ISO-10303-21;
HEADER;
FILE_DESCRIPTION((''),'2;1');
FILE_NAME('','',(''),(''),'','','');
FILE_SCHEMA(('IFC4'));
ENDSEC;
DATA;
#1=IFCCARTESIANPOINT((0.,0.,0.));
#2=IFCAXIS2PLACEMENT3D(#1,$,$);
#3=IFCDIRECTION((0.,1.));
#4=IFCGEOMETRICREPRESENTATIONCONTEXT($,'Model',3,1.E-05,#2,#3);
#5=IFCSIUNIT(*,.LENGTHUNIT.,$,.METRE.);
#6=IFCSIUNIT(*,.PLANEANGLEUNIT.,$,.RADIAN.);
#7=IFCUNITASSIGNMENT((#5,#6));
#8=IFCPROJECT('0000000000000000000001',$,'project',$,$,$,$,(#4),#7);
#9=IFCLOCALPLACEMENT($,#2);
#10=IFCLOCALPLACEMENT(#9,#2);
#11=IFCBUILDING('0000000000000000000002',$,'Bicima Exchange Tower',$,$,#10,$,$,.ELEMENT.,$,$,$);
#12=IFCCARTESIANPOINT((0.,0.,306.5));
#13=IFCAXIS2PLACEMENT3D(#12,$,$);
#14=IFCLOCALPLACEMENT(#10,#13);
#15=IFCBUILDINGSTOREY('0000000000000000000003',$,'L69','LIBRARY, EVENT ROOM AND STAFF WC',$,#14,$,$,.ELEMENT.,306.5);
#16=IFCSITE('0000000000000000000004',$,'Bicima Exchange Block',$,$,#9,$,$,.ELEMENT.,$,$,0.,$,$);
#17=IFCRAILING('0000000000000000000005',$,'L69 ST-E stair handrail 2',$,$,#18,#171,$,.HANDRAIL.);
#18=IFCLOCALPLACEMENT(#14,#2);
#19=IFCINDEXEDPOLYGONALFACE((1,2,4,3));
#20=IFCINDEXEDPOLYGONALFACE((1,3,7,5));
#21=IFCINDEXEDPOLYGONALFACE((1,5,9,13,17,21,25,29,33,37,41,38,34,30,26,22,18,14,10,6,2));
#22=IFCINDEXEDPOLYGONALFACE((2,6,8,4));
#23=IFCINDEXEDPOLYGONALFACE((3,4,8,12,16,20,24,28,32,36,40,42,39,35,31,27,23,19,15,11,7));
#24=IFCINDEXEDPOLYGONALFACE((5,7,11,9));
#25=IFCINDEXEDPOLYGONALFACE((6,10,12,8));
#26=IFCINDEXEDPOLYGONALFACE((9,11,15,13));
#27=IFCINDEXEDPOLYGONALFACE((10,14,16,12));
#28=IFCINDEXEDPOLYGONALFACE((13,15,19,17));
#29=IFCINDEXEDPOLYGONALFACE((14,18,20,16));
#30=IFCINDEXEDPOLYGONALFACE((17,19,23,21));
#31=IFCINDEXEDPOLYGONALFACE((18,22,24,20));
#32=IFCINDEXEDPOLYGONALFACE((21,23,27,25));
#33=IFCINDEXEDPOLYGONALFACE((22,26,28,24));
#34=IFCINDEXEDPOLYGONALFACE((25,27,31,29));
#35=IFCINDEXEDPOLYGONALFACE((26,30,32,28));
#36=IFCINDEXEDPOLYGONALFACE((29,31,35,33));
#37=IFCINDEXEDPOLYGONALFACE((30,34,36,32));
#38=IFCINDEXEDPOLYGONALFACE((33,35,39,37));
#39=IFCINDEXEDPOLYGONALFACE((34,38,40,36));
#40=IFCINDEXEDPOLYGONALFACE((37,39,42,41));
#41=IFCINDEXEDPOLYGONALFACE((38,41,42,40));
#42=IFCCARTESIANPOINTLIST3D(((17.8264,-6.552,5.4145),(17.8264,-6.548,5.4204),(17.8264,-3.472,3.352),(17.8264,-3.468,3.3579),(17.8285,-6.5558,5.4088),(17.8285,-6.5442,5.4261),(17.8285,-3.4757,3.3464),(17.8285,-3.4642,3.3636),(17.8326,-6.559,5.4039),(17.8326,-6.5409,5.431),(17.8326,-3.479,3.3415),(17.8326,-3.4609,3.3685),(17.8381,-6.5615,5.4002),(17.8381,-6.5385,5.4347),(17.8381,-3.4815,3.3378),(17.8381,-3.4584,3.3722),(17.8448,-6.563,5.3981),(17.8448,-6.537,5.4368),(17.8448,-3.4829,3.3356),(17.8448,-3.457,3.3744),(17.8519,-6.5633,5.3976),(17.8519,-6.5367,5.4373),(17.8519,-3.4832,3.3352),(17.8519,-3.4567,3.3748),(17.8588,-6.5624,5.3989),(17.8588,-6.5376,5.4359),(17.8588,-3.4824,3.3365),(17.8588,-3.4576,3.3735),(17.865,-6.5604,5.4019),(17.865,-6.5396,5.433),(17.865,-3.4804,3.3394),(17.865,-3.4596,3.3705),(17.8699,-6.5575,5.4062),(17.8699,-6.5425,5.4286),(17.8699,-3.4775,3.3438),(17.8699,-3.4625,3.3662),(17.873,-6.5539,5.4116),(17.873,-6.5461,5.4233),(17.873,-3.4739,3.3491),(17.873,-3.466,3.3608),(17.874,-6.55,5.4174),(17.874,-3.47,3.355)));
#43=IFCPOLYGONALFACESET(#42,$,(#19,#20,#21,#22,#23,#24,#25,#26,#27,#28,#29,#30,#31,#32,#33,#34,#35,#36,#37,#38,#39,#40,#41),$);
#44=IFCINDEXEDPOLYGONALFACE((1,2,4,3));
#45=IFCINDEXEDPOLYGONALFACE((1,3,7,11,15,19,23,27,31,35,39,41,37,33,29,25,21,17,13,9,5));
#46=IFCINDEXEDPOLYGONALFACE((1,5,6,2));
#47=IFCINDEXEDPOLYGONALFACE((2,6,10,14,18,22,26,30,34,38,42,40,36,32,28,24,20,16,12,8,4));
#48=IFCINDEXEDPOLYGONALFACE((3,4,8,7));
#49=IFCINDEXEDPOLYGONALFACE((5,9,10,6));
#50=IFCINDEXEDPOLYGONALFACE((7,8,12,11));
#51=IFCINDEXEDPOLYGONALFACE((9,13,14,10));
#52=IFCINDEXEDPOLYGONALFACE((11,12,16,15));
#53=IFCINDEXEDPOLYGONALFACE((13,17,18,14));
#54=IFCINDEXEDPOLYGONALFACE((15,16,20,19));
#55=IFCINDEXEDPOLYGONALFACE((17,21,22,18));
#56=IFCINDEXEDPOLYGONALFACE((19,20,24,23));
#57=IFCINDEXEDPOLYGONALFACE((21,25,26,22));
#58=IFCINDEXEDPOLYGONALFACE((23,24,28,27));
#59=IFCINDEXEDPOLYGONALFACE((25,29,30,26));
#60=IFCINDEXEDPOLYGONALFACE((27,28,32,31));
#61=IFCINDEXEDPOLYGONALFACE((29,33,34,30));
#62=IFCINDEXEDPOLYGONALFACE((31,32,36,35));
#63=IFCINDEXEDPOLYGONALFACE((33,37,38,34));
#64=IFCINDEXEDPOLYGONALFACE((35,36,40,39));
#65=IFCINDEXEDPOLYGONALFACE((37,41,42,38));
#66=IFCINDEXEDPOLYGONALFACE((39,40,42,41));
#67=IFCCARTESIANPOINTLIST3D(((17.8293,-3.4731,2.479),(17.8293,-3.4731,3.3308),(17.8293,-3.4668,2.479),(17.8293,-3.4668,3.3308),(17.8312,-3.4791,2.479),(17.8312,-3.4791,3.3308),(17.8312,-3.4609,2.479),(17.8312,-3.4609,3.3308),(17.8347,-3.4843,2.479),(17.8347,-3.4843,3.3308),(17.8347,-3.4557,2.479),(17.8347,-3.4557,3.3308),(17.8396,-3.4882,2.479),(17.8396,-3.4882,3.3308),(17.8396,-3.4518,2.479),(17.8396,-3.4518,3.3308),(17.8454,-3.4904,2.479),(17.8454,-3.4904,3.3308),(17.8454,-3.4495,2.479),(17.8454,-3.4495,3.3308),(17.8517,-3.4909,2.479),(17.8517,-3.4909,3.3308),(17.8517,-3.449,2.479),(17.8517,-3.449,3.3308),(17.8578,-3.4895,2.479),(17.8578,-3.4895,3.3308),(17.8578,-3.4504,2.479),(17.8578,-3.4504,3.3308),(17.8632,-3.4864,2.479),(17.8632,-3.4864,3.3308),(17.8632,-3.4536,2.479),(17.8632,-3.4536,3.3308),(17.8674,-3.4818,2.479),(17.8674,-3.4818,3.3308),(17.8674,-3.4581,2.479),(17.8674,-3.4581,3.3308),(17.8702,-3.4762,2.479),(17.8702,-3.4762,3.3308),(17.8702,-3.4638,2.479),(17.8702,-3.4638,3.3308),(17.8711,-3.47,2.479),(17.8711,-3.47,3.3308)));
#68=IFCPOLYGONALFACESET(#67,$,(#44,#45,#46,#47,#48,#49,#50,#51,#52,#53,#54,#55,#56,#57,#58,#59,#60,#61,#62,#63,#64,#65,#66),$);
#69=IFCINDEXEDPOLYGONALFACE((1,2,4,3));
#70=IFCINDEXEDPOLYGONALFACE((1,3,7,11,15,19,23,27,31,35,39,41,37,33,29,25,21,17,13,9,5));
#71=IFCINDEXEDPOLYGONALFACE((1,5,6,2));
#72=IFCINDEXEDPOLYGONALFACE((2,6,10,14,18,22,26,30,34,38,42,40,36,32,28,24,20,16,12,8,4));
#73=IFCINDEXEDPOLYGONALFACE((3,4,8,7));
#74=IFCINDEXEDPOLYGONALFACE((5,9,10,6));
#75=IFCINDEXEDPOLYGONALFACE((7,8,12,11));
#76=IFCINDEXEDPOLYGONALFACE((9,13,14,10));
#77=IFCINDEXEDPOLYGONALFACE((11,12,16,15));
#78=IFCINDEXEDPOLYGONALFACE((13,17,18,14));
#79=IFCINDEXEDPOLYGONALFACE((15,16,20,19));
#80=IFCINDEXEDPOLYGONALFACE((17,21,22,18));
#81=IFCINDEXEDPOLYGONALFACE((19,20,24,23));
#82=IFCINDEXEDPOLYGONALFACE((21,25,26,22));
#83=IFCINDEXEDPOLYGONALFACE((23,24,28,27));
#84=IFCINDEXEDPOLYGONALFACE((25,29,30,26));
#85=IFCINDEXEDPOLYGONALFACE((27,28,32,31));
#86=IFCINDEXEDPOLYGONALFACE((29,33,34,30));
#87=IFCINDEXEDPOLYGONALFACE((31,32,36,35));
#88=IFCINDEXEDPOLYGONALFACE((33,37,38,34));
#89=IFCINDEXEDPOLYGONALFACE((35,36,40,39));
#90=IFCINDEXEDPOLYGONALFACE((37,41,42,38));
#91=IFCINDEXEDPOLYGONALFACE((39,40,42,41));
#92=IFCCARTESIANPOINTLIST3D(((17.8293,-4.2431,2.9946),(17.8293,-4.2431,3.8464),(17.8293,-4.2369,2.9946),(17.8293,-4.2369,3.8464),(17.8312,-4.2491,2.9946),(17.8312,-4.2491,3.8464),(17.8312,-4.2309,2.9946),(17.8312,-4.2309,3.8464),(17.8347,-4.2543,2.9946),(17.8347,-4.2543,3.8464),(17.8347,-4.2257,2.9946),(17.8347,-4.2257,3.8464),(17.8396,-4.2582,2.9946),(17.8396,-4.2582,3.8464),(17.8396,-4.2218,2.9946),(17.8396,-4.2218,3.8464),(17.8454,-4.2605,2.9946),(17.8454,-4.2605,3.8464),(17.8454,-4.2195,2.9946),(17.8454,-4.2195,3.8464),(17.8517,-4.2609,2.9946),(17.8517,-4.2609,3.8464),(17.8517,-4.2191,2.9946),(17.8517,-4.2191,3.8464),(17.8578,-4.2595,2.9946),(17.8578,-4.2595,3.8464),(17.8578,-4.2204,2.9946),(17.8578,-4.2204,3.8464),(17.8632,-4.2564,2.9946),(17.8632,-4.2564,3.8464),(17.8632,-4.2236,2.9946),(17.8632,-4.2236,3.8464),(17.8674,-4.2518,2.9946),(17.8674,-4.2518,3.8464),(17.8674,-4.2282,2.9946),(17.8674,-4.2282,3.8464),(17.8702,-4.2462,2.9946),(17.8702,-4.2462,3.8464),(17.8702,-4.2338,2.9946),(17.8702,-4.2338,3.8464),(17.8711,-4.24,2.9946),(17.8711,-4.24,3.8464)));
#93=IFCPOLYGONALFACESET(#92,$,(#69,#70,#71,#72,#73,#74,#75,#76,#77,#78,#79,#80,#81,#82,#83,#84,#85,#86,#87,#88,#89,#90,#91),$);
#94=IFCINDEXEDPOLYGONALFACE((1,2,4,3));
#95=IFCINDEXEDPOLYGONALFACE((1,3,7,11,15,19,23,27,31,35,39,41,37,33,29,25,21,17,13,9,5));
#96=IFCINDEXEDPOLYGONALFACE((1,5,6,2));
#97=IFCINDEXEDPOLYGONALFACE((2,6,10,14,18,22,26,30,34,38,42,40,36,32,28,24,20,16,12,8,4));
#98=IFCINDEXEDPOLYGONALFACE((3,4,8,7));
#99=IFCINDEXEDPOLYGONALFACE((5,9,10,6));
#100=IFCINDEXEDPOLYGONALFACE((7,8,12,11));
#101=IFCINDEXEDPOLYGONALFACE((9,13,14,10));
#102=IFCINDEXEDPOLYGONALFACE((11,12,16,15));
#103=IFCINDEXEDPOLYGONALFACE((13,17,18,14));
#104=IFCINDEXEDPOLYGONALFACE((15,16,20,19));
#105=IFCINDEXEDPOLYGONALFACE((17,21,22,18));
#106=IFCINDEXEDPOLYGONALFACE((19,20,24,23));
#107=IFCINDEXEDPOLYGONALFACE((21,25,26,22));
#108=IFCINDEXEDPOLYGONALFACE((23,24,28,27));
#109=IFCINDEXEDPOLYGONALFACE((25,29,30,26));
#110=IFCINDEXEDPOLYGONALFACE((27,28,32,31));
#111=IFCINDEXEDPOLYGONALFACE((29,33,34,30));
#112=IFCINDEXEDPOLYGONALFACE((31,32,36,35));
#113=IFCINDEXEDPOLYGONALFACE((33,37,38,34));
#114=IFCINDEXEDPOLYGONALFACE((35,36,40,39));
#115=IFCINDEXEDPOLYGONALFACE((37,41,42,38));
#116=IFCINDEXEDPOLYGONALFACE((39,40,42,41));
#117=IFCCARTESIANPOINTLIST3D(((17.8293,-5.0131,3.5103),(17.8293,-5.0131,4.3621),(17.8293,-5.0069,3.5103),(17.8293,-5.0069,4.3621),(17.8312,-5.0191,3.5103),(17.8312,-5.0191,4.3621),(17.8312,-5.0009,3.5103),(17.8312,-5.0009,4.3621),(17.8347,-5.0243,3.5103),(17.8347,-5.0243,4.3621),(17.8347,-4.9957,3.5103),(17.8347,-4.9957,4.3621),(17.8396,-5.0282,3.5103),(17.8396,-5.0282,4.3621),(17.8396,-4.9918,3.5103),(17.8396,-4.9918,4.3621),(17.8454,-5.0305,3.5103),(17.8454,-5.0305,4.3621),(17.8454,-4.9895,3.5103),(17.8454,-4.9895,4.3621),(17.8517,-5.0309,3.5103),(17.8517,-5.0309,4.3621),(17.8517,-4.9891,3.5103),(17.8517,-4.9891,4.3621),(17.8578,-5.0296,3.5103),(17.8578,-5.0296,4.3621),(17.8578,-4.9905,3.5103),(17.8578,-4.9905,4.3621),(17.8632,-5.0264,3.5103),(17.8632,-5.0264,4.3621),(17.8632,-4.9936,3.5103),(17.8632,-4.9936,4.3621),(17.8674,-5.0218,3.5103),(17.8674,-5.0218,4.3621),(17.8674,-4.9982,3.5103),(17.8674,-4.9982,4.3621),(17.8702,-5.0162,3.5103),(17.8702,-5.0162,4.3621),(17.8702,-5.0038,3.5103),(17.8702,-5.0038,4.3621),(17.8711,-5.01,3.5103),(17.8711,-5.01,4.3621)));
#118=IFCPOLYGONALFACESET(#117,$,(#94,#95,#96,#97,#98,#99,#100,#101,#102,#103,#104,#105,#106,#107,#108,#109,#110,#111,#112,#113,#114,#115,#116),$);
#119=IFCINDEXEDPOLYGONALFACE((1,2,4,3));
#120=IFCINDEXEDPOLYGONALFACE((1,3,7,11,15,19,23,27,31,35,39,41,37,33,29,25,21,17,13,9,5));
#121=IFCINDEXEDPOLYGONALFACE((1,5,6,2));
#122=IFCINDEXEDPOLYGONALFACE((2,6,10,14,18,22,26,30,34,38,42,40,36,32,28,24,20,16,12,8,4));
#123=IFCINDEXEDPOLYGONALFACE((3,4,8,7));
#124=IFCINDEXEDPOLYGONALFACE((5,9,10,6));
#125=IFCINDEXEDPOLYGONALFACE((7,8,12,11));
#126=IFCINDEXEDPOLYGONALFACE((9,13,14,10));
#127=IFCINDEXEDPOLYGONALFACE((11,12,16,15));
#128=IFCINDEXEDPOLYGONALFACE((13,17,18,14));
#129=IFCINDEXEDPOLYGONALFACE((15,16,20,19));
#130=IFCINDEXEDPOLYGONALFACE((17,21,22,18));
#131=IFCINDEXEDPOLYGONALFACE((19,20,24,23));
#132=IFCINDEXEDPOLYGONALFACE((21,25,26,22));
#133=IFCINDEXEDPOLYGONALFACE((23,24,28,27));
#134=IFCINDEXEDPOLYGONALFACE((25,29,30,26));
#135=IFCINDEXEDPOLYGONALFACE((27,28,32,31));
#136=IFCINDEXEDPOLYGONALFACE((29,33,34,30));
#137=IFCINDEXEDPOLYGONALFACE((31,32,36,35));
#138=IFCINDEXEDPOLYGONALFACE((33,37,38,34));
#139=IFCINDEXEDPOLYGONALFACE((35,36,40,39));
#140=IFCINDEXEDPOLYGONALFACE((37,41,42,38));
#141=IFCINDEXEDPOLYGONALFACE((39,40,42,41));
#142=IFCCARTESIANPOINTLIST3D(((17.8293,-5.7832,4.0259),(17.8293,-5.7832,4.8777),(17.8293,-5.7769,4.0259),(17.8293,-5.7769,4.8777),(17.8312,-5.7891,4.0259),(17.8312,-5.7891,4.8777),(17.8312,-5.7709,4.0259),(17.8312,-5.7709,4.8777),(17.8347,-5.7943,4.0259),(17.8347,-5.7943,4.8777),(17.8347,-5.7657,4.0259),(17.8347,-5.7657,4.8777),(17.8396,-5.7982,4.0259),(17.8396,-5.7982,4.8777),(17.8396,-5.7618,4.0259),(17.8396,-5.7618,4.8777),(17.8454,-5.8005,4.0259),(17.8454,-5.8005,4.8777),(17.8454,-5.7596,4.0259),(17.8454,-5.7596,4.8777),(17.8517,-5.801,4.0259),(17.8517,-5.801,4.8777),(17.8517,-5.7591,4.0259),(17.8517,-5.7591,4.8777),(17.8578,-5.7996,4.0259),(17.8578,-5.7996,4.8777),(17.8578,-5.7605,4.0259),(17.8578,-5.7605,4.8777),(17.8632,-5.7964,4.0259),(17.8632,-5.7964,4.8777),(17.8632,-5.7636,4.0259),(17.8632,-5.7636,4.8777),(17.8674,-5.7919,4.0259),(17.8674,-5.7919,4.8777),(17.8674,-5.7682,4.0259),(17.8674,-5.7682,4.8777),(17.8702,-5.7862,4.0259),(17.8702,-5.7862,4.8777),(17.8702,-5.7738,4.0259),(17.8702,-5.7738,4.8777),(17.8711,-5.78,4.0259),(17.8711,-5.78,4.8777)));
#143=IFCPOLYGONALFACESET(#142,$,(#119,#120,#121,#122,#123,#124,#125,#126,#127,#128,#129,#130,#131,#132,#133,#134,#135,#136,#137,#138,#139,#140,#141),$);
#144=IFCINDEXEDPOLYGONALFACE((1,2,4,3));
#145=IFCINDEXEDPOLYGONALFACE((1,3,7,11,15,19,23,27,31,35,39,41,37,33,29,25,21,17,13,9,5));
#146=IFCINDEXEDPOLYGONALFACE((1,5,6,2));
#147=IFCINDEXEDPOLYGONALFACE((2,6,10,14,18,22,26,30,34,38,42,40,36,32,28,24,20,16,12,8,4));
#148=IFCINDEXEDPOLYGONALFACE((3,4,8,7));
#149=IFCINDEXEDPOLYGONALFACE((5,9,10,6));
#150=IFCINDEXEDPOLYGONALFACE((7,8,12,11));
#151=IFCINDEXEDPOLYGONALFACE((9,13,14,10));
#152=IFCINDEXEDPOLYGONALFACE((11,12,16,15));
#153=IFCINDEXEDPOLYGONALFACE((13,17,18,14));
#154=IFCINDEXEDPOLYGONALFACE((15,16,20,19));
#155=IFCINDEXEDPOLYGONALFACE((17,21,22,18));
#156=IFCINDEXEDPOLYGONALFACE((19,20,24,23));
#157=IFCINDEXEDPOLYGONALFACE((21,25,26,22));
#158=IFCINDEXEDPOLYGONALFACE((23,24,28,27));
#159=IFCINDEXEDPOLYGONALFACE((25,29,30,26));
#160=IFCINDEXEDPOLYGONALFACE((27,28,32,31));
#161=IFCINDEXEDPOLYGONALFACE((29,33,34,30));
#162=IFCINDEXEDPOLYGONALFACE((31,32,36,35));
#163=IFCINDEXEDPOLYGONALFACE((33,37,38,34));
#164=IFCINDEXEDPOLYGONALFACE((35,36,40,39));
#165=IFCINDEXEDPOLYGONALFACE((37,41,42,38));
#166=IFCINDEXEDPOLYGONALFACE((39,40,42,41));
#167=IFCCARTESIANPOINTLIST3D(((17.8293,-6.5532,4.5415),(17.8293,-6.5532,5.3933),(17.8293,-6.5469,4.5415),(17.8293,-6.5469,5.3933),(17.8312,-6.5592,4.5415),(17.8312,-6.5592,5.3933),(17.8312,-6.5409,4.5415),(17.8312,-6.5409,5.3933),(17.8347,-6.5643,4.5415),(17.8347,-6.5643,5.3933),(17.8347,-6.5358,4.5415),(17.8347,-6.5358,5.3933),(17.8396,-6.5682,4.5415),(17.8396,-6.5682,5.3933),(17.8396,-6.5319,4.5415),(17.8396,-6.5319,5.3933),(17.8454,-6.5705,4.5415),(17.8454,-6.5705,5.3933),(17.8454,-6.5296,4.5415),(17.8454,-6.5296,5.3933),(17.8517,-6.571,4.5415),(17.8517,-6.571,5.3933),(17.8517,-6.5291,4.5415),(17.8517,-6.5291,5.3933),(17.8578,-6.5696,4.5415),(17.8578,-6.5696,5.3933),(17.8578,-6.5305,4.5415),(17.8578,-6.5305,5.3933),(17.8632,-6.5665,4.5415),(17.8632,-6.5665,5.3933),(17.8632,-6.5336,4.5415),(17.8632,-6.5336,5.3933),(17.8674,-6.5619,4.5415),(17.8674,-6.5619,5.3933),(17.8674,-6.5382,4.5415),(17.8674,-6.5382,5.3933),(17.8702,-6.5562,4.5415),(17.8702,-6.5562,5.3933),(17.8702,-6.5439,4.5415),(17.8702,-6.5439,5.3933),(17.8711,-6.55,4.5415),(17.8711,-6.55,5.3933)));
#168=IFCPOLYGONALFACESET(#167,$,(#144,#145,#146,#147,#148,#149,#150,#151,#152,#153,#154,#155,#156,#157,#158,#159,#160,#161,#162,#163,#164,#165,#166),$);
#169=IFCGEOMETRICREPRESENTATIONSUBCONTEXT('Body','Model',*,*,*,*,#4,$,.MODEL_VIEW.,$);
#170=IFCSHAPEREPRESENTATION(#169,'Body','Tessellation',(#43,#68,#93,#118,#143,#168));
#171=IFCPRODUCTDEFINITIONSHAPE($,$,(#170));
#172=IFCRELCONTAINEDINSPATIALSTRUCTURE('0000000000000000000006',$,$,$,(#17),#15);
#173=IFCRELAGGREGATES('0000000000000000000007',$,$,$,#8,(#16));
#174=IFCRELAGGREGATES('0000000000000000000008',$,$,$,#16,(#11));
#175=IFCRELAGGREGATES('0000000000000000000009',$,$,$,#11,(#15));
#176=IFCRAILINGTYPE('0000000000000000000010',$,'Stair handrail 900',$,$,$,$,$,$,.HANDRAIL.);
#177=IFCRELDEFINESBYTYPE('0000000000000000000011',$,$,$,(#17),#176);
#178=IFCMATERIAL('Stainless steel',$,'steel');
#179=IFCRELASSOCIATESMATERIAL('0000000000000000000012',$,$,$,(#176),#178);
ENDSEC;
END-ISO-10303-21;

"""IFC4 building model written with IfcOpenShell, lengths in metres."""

from ifc_helpers import new_model, si_unit, direction, frame, origin, origin_2d, place, context, subcontext, project, spatial, circle, extrude, material, type_object, element, save


model = new_model("IFC4")

# Units and contexts
model_context = context("Model", 3, precision=1e-05, world=origin(), true_north=direction((0.0, 1.0)))
body_context = subcontext(model_context, "Body", "Model", "MODEL_VIEW")
ifc_project = project(units=[si_unit("LENGTHUNIT", "METRE"), si_unit("PLANEANGLEUNIT", "RADIAN")], contexts=[model_context])

# Site, building, storey
site_placement = place(None, origin())
site = spatial("IfcSite", under=ifc_project, at=site_placement, Name="Bicima Exchange Block", CompositionType="ELEMENT", RefElevation=0.0)
building_placement = place(site_placement, origin())
building = spatial("IfcBuilding", under=site, at=building_placement, Name="Bicima Exchange Tower", CompositionType="ELEMENT")
storey_placement = place(building_placement, frame((0.0, 0.0, 306.5)))
storey = spatial("IfcBuildingStorey", under=building, at=storey_placement, Name="L69", Description="LIBRARY, EVENT ROOM AND STAFF WC", CompositionType="ELEMENT", Elevation=306.5)

# Railing
ifc_material_1 = material(Name="Stainless steel", Category="steel")
railing_type = type_object("IfcRailingType", Name="Stair handrail 900", PredefinedType="HANDRAIL", material=ifc_material_1)
railing_placement = place(storey_placement, frame((17.8501, -3.47, 2.479)))
element("IfcRailing", 1, at=railing_placement, inside=storey, type_object=railing_type, Name="L69 ST-E stair handrail 2", PredefinedType="HANDRAIL", context=body_context, shape_type="SweptSolid", body=[
    extrude(circle(Radius=0.0239, at=origin_2d()), frame((0.0, 0.0, 0.876), z_axis=(0.0, -0.830914, 0.556401), x_axis=(1.0, 0.0, 0.0)), (0.0, 0.0, 1.0), 3.7068),
    extrude(circle(Radius=0.021, at=origin_2d()), origin(), (0.0, 0.0, 1.0), 0.8518),
    extrude(circle(Radius=0.021, at=origin_2d()), frame((0.0, -0.77, 0.5156)), (0.0, 0.0, 1.0), 0.8518),
    extrude(circle(Radius=0.021, at=origin_2d()), frame((0.0, -1.54, 1.0312)), (0.0, 0.0, 1.0), 0.8518),
    extrude(circle(Radius=0.021, at=origin_2d()), frame((0.0, -2.3101, 1.5469)), (0.0, 0.0, 1.0), 0.8518),
    extrude(circle(Radius=0.021, at=origin_2d()), frame((0.0, -3.0801, 2.0625)), (0.0, 0.0, 1.0), 0.8518),
])

save(model, "model.ifc")
